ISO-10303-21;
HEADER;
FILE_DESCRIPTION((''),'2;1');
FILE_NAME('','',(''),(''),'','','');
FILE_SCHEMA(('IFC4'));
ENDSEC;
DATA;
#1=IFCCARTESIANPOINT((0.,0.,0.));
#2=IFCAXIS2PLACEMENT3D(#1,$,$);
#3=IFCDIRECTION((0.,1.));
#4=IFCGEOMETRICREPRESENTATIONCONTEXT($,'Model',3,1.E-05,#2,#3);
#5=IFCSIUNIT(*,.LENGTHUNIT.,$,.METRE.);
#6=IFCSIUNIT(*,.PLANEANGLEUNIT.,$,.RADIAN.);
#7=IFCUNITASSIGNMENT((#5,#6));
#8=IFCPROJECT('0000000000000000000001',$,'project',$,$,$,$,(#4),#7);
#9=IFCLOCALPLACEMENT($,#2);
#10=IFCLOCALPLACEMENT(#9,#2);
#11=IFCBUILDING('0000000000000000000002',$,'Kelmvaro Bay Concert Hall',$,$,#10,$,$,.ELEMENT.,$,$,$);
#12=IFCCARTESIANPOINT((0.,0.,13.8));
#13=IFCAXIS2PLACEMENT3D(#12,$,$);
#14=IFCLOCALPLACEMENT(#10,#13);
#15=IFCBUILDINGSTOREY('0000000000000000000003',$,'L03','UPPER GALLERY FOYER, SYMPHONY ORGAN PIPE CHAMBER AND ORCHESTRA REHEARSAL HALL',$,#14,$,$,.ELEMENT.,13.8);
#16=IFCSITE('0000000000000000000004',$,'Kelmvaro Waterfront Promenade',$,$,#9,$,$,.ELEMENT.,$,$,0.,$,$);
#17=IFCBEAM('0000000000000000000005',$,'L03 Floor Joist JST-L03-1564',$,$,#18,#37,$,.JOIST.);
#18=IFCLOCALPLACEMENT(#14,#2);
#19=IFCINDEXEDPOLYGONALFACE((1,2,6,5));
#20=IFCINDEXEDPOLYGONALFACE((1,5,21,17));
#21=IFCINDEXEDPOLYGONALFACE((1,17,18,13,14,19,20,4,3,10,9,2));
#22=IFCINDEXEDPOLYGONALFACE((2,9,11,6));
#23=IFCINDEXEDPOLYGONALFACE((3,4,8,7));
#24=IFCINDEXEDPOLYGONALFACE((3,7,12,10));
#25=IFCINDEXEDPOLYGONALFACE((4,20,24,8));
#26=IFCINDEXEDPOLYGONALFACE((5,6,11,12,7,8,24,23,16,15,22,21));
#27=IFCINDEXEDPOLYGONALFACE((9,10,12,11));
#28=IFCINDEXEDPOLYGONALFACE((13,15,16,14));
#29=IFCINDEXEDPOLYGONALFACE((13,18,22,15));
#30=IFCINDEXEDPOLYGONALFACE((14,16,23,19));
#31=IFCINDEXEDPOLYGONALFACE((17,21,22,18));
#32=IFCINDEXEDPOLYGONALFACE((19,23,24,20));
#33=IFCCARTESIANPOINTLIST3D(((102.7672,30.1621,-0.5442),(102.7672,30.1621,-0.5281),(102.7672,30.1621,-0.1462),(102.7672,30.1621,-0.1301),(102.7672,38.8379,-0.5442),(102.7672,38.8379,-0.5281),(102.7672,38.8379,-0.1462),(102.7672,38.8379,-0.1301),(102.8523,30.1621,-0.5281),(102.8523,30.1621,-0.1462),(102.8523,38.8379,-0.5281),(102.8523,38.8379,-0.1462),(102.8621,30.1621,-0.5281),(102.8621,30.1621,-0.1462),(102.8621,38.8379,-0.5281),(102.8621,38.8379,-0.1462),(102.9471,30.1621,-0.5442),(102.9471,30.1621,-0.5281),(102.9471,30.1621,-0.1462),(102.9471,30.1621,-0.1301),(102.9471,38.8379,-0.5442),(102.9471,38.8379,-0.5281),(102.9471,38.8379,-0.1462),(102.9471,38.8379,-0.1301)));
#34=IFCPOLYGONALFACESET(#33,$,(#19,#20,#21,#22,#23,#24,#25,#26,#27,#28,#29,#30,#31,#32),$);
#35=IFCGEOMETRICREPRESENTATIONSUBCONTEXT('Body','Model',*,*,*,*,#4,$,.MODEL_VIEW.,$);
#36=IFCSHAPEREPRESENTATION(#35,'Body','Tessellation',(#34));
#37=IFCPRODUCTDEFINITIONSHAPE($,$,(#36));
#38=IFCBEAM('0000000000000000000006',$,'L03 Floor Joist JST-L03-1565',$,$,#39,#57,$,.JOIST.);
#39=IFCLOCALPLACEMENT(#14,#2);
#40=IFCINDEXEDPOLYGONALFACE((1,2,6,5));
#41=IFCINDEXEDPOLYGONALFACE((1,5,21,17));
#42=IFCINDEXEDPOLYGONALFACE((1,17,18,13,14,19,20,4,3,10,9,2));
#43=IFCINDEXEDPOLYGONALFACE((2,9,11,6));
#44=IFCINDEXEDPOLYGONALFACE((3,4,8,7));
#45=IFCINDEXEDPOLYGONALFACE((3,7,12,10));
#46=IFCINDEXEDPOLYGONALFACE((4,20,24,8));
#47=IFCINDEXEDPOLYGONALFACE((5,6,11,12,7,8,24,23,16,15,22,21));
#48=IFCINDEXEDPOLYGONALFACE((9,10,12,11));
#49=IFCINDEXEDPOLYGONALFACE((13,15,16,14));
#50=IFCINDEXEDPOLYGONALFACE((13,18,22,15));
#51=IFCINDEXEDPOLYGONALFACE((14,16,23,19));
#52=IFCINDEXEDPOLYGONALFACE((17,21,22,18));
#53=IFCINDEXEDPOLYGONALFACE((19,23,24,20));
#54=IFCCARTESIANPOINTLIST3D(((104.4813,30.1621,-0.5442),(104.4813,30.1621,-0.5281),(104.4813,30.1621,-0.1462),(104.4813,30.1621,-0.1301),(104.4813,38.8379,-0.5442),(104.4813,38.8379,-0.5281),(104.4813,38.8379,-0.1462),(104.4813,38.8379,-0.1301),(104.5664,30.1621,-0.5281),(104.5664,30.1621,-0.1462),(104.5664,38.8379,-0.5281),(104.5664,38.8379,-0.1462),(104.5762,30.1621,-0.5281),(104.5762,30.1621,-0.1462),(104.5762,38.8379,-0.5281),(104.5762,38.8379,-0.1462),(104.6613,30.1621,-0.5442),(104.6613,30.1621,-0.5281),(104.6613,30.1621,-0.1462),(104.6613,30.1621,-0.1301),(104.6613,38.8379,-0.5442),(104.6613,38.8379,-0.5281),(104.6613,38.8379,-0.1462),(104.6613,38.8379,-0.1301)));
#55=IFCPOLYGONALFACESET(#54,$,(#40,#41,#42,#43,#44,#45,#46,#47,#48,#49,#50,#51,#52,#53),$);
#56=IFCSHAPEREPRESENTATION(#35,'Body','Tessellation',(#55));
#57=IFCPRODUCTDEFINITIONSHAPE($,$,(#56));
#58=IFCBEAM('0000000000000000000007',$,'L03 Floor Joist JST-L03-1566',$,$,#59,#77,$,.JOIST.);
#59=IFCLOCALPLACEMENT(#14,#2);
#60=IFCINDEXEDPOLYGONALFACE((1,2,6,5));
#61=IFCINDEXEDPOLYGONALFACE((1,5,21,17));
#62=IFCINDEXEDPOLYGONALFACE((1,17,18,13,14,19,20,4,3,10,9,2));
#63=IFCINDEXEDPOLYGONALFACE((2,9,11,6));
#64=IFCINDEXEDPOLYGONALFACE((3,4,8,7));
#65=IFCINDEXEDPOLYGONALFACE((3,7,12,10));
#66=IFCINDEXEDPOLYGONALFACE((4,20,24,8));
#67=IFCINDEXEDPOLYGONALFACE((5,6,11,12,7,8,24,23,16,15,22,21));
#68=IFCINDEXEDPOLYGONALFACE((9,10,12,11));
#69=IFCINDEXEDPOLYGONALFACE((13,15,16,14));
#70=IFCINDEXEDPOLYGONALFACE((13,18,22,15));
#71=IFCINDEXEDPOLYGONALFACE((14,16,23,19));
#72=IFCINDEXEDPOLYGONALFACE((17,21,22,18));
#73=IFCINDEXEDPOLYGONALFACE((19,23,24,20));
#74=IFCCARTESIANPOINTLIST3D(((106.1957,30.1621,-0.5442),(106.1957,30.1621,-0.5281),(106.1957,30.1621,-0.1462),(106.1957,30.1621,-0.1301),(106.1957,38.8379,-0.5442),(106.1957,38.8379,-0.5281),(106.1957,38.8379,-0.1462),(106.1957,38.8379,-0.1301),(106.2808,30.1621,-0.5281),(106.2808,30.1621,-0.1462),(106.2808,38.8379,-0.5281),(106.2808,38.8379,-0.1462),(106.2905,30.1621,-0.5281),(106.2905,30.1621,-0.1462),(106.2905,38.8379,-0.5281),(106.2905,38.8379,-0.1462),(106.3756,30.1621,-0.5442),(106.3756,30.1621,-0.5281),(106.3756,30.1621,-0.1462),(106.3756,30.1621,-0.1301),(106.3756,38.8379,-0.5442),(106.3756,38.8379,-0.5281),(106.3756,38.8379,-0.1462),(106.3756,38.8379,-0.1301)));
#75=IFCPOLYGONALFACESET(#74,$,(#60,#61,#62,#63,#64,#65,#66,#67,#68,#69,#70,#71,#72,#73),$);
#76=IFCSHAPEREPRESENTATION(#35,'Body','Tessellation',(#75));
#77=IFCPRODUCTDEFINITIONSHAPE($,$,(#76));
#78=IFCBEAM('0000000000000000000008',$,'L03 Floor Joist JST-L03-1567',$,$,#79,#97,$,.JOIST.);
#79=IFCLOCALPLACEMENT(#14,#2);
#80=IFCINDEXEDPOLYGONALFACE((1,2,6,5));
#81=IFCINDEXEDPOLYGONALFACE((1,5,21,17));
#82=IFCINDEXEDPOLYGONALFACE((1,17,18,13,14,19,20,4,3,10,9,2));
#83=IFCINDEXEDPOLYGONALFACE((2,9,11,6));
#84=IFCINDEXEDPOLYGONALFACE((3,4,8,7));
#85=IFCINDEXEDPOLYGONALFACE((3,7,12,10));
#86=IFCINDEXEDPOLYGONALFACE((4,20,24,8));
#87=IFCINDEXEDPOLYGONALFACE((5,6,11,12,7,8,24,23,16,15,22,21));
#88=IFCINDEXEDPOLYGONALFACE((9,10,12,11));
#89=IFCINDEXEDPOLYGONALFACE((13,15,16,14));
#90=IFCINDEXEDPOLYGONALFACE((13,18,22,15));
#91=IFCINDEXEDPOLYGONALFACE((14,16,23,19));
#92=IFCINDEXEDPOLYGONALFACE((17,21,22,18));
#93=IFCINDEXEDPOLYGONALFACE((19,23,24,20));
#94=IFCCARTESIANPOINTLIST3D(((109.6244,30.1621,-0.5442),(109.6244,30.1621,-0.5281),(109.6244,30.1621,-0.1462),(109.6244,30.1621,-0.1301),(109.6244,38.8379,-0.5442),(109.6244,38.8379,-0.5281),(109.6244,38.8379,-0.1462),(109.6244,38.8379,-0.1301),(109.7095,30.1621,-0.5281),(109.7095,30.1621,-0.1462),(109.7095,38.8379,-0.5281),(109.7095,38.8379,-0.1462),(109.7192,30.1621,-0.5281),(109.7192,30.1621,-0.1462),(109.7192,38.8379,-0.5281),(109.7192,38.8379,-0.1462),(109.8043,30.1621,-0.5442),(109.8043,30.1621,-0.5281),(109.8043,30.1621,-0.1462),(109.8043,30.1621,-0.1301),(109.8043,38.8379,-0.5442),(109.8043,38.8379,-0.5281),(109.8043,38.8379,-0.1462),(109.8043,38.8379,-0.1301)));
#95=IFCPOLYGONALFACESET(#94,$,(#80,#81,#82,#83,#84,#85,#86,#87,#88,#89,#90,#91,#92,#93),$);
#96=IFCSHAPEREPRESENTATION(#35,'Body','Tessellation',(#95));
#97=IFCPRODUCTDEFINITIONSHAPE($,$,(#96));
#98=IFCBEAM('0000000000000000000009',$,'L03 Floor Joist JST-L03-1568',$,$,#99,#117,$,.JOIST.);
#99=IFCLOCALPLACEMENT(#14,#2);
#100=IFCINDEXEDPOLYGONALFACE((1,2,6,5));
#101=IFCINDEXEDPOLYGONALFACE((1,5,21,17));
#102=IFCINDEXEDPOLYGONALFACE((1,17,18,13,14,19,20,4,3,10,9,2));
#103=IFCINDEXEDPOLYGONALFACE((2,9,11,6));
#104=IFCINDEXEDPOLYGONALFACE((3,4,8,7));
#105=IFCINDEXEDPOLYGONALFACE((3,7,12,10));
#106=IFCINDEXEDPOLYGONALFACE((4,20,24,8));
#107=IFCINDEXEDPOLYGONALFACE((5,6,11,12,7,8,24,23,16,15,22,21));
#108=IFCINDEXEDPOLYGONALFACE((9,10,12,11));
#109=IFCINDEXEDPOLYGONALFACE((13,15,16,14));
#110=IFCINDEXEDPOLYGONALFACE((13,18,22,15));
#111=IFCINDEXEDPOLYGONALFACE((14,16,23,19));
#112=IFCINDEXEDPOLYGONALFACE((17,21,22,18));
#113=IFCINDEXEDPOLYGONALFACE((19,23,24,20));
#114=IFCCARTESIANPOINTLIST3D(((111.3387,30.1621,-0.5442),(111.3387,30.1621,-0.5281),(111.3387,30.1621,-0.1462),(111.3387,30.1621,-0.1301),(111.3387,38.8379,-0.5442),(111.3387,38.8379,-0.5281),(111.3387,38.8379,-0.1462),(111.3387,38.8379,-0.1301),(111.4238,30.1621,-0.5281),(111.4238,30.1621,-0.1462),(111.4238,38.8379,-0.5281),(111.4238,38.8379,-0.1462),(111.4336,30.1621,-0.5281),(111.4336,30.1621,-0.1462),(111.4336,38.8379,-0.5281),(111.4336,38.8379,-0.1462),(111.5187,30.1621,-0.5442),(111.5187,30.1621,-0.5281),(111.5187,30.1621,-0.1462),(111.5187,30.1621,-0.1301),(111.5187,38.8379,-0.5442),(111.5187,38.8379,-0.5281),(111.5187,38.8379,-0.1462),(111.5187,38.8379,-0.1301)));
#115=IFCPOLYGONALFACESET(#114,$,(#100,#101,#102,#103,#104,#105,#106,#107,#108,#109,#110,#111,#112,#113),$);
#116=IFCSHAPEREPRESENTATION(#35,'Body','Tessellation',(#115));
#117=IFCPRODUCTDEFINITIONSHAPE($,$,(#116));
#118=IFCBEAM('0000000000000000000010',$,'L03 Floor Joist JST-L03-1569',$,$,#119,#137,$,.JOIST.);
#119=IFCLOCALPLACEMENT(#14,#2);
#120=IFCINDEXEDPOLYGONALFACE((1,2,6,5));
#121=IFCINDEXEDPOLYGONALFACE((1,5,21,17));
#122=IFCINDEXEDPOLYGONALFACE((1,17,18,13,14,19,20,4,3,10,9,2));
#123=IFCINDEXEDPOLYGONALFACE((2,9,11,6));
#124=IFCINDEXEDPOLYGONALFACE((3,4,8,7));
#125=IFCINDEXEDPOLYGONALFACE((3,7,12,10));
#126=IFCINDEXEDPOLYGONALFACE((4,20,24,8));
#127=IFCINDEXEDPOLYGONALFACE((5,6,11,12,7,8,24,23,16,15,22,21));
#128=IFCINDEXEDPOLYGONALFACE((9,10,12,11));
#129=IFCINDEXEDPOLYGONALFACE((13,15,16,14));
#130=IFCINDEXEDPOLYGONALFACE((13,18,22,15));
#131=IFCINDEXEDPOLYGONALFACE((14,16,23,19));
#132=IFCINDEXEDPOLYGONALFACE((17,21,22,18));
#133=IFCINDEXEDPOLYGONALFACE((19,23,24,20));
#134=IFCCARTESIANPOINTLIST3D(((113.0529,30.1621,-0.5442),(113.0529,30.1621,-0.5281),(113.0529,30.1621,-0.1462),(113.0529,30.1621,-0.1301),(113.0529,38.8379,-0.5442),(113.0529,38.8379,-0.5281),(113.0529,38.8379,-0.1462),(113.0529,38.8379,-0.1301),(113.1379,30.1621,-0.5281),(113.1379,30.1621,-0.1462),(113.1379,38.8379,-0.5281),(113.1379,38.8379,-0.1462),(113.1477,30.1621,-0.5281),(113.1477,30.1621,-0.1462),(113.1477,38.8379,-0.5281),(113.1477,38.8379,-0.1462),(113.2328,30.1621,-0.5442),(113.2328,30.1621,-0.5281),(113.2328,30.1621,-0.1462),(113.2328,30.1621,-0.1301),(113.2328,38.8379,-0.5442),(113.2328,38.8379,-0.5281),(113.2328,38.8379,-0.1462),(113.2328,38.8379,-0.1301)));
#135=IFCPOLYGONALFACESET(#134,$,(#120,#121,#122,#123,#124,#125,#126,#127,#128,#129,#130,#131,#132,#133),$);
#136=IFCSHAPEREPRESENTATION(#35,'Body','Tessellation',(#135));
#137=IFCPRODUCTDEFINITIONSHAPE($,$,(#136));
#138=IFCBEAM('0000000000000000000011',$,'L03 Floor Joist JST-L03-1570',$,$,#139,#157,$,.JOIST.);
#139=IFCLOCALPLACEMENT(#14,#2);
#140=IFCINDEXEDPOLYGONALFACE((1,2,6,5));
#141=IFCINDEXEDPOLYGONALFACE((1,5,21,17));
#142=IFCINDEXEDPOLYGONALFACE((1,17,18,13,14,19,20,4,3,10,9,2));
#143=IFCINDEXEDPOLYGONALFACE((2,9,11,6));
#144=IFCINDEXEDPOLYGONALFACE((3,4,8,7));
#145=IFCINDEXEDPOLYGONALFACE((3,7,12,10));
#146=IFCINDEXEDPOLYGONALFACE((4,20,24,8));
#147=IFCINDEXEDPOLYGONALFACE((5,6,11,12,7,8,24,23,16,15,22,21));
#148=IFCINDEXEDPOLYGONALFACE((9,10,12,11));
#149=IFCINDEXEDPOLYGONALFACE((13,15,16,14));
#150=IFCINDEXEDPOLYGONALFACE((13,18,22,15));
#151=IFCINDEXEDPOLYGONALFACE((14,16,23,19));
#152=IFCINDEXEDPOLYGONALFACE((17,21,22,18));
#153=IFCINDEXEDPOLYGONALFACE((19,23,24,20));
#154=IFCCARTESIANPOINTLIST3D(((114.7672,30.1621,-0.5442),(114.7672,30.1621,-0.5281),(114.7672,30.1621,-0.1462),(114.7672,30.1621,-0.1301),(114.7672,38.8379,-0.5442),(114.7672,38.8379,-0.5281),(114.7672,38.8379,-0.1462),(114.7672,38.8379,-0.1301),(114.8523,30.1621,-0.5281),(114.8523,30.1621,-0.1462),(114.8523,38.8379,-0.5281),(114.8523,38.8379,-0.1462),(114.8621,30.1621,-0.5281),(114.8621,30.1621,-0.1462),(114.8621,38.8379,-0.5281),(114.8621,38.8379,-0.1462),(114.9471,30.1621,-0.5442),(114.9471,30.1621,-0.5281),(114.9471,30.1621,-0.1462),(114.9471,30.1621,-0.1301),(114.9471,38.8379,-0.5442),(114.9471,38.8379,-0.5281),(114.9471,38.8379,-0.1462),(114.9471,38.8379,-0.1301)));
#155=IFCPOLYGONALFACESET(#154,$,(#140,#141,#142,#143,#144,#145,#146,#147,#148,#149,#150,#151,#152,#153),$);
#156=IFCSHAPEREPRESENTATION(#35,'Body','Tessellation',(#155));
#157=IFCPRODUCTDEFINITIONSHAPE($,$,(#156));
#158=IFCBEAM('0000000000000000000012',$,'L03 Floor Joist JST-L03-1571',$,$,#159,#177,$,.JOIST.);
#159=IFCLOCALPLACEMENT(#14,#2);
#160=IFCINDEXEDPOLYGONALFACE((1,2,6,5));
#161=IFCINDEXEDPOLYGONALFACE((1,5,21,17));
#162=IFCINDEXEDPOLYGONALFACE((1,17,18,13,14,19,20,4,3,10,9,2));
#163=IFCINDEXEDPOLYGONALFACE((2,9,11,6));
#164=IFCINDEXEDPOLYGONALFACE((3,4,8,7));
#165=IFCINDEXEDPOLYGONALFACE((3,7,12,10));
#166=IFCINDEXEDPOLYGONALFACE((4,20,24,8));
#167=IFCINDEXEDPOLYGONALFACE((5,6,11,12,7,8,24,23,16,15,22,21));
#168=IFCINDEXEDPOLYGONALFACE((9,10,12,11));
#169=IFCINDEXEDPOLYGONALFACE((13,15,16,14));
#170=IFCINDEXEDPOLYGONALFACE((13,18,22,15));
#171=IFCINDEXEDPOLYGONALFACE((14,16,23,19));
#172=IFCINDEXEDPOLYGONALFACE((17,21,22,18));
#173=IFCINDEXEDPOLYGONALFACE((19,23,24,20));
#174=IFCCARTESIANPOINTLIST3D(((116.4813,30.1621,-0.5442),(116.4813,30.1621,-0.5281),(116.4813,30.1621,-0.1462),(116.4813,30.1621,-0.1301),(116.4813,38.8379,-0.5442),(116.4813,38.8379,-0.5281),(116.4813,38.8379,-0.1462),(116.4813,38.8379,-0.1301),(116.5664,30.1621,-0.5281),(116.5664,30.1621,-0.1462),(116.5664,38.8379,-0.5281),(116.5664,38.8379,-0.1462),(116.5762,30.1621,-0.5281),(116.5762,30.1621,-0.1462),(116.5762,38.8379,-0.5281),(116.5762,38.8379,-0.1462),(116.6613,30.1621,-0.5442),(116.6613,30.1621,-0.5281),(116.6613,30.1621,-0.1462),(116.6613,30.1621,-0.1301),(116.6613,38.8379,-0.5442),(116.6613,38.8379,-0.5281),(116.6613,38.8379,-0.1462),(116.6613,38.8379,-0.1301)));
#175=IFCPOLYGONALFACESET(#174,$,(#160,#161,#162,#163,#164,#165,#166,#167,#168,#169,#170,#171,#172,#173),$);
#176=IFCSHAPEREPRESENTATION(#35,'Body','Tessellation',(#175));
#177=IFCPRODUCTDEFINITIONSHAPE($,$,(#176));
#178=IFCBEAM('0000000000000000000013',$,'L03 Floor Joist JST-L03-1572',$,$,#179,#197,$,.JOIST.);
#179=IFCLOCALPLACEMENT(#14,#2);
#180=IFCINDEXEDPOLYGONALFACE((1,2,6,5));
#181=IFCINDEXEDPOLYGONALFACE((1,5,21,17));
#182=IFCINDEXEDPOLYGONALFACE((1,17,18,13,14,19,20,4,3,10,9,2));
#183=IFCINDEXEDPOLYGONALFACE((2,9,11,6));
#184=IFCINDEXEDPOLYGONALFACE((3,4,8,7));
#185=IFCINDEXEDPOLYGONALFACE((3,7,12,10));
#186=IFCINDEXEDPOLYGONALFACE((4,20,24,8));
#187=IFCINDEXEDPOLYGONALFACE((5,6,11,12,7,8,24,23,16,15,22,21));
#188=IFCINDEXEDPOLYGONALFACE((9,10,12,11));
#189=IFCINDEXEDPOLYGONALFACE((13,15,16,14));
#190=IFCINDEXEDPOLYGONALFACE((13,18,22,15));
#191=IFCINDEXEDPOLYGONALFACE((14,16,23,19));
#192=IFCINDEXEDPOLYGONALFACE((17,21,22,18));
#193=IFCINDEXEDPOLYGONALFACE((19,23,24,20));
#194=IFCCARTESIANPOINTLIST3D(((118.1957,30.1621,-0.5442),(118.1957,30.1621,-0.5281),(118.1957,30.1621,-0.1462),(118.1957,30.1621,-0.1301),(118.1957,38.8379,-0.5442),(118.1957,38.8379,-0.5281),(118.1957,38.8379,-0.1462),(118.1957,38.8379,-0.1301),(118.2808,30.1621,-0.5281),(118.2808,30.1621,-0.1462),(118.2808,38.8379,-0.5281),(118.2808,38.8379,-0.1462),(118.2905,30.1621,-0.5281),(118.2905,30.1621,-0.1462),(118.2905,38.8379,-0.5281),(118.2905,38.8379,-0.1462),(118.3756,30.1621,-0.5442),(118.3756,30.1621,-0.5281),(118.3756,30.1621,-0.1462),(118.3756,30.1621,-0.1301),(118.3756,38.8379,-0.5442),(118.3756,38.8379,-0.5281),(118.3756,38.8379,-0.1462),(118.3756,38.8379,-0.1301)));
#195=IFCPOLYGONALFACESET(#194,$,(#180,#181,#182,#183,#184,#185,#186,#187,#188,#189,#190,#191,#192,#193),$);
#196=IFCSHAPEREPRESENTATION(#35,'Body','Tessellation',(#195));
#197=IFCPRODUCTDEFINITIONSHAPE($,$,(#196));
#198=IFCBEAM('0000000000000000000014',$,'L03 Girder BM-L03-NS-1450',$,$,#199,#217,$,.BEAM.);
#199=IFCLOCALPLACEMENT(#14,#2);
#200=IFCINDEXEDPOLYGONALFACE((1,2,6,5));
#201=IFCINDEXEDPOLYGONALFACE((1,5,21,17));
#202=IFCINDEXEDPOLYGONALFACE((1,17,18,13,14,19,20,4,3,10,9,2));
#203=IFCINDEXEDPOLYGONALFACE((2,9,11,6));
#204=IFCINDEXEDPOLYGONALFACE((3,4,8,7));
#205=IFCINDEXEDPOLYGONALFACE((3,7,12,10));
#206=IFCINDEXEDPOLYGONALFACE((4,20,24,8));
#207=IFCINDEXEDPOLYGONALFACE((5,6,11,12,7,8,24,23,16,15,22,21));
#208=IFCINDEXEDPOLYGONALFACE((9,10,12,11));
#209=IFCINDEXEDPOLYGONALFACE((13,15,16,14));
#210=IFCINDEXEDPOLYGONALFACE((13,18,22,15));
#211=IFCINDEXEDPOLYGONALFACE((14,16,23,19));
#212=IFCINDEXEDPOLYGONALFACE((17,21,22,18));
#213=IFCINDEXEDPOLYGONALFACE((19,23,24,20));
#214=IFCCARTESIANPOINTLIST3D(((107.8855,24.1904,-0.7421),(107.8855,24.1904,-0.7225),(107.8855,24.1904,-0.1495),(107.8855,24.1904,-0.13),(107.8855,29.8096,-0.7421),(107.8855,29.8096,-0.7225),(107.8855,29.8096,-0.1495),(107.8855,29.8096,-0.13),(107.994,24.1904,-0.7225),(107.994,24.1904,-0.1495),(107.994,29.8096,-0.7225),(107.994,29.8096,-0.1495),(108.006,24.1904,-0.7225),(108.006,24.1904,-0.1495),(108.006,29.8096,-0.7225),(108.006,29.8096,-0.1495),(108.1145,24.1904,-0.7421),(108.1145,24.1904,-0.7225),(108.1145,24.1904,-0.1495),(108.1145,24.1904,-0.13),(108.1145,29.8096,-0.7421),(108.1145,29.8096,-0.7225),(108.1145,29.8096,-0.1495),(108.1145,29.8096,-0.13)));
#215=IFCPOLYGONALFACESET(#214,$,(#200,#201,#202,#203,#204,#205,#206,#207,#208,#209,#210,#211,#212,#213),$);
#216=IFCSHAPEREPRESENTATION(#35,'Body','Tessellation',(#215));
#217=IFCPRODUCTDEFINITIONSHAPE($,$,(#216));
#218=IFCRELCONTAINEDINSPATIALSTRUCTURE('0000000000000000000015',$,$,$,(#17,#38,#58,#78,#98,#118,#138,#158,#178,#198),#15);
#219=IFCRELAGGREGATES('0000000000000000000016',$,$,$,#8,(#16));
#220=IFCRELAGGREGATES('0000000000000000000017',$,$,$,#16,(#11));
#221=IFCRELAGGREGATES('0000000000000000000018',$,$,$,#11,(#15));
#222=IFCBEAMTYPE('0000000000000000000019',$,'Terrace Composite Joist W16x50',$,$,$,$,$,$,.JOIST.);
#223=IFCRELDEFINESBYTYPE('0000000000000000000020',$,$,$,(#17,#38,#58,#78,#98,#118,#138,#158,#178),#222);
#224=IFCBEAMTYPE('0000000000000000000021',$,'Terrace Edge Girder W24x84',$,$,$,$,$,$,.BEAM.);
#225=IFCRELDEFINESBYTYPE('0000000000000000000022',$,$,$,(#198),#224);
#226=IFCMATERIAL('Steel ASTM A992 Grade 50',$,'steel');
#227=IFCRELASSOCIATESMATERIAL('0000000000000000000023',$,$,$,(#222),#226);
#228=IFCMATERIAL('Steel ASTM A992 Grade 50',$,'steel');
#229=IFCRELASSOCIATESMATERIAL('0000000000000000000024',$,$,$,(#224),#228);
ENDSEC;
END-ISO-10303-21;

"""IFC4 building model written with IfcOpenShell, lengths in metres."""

from ifc_helpers import new_model, si_unit, direction, frame, origin, origin_2d, place, context, subcontext, project, spatial, i_section, extrude, material, material_profile, profile_set, type_object, element, save


model = new_model("IFC4")

# Units and contexts
model_context = context("Model", 3, precision=1e-05, world=origin(), true_north=direction((0.0, 1.0)))
body_context = subcontext(model_context, "Body", "Model", "MODEL_VIEW")
ifc_project = project(units=[si_unit("LENGTHUNIT", "METRE"), si_unit("PLANEANGLEUNIT", "RADIAN")], contexts=[model_context])

# Site, building, storey
site_placement = place(None, origin())
site = spatial("IfcSite", under=ifc_project, at=site_placement, Name="Kelmvaro Waterfront Promenade", CompositionType="ELEMENT", RefElevation=0.0)
building_placement = place(site_placement, origin())
building = spatial("IfcBuilding", under=site, at=building_placement, Name="Kelmvaro Bay Concert Hall", CompositionType="ELEMENT")
storey_placement = place(building_placement, frame((0.0, 0.0, 13.8)))
storey = spatial("IfcBuildingStorey", under=building, at=storey_placement, Name="L03", Description="UPPER GALLERY FOYER, SYMPHONY ORGAN PIPE CHAMBER AND ORCHESTRA REHEARSAL HALL", CompositionType="ELEMENT", Elevation=13.8)

# Beams
ifc_material_1 = material(Name="Steel ASTM A992 Grade 50", Category="steel")
ifc_material_profile_1 = material_profile(ifc_material_1, i_section(OverallWidth=0.1799, OverallDepth=0.4141, WebThickness=0.0098, FlangeThickness=0.0161, at=origin_2d()), Name="W16X50")
ifc_profile_set_1 = profile_set([ifc_material_profile_1], Name="Steel ASTM A992 Grade 50")
beam_type_1 = type_object("IfcBeamType", Name="Terrace Composite Joist W16x50", PredefinedType="JOIST", material=ifc_profile_set_1)
for number, where, z_axis, x_axis, name in (
    (1, (102.8572, 30.1621, -0.3372), (0.0, 1.0, 0.0), (-1.0, 0.0, 0.0), "L03 Floor Joist JST-L03-1564"),
    (2, (104.5713, 30.1621, -0.3372), (0.0, 1.0, 0.0), (-1.0, 0.0, 0.0), "L03 Floor Joist JST-L03-1565"),
    (3, (106.2856, 30.1621, -0.3372), (0.0, 1.0, 0.0), (-1.0, 0.0, 0.0), "L03 Floor Joist JST-L03-1566"),
    (4, (109.7144, 30.1621, -0.3372), (0.0, 1.0, 0.0), (-1.0, 0.0, 0.0), "L03 Floor Joist JST-L03-1567"),
    (5, (111.4287, 30.1621, -0.3372), (0.0, 1.0, 0.0), (-1.0, 0.0, 0.0), "L03 Floor Joist JST-L03-1568"),
    (6, (113.1428, 30.1621, -0.3372), (0.0, 1.0, 0.0), (-1.0, 0.0, 0.0), "L03 Floor Joist JST-L03-1569"),
    (7, (114.8572, 30.1621, -0.3372), (0.0, 1.0, 0.0), (-1.0, 0.0, 0.0), "L03 Floor Joist JST-L03-1570"),
    (8, (116.5713, 30.1621, -0.3372), (0.0, 1.0, 0.0), (-1.0, 0.0, 0.0), "L03 Floor Joist JST-L03-1571"),
    (9, (118.2856, 30.1621, -0.3372), (0.0, 1.0, 0.0), (-1.0, 0.0, 0.0), "L03 Floor Joist JST-L03-1572"),
):
    element("IfcBeam", number, at=place(storey_placement, frame(where, z_axis=z_axis, x_axis=x_axis)), inside=storey, type_object=beam_type_1, Name=name, PredefinedType="JOIST", context=body_context, shape_type="SweptSolid", body=[
        extrude(i_section(OverallWidth=0.1799, OverallDepth=0.4141, WebThickness=0.0098, FlangeThickness=0.0161, at=origin_2d()), origin(), (0.0, 0.0, 1.0), 8.6758),
    ])
ifc_material_2 = material(Name="Steel ASTM A992 Grade 50", Category="steel")
ifc_material_profile_2 = material_profile(ifc_material_2, i_section(OverallWidth=0.229, OverallDepth=0.6121, WebThickness=0.012, FlangeThickness=0.0195, at=origin_2d()), Name="W24X84")
ifc_profile_set_2 = profile_set([ifc_material_profile_2], Name="Steel ASTM A992 Grade 50")
beam_type_2 = type_object("IfcBeamType", Name="Terrace Edge Girder W24x84", PredefinedType="BEAM", material=ifc_profile_set_2)
beam_1_placement = place(storey_placement, frame((108.0, 24.1904, -0.436), z_axis=(0.0, 1.0, 0.0), x_axis=(-1.0, 0.0, 0.0)))
element("IfcBeam", 10, at=beam_1_placement, inside=storey, type_object=beam_type_2, Name="L03 Girder BM-L03-NS-1450", PredefinedType="BEAM", context=body_context, shape_type="SweptSolid", body=[
    extrude(i_section(OverallWidth=0.229, OverallDepth=0.6121, WebThickness=0.012, FlangeThickness=0.0195, at=origin_2d()), origin(), (0.0, 0.0, 1.0), 5.6191),
])

save(model, "model.ifc")
